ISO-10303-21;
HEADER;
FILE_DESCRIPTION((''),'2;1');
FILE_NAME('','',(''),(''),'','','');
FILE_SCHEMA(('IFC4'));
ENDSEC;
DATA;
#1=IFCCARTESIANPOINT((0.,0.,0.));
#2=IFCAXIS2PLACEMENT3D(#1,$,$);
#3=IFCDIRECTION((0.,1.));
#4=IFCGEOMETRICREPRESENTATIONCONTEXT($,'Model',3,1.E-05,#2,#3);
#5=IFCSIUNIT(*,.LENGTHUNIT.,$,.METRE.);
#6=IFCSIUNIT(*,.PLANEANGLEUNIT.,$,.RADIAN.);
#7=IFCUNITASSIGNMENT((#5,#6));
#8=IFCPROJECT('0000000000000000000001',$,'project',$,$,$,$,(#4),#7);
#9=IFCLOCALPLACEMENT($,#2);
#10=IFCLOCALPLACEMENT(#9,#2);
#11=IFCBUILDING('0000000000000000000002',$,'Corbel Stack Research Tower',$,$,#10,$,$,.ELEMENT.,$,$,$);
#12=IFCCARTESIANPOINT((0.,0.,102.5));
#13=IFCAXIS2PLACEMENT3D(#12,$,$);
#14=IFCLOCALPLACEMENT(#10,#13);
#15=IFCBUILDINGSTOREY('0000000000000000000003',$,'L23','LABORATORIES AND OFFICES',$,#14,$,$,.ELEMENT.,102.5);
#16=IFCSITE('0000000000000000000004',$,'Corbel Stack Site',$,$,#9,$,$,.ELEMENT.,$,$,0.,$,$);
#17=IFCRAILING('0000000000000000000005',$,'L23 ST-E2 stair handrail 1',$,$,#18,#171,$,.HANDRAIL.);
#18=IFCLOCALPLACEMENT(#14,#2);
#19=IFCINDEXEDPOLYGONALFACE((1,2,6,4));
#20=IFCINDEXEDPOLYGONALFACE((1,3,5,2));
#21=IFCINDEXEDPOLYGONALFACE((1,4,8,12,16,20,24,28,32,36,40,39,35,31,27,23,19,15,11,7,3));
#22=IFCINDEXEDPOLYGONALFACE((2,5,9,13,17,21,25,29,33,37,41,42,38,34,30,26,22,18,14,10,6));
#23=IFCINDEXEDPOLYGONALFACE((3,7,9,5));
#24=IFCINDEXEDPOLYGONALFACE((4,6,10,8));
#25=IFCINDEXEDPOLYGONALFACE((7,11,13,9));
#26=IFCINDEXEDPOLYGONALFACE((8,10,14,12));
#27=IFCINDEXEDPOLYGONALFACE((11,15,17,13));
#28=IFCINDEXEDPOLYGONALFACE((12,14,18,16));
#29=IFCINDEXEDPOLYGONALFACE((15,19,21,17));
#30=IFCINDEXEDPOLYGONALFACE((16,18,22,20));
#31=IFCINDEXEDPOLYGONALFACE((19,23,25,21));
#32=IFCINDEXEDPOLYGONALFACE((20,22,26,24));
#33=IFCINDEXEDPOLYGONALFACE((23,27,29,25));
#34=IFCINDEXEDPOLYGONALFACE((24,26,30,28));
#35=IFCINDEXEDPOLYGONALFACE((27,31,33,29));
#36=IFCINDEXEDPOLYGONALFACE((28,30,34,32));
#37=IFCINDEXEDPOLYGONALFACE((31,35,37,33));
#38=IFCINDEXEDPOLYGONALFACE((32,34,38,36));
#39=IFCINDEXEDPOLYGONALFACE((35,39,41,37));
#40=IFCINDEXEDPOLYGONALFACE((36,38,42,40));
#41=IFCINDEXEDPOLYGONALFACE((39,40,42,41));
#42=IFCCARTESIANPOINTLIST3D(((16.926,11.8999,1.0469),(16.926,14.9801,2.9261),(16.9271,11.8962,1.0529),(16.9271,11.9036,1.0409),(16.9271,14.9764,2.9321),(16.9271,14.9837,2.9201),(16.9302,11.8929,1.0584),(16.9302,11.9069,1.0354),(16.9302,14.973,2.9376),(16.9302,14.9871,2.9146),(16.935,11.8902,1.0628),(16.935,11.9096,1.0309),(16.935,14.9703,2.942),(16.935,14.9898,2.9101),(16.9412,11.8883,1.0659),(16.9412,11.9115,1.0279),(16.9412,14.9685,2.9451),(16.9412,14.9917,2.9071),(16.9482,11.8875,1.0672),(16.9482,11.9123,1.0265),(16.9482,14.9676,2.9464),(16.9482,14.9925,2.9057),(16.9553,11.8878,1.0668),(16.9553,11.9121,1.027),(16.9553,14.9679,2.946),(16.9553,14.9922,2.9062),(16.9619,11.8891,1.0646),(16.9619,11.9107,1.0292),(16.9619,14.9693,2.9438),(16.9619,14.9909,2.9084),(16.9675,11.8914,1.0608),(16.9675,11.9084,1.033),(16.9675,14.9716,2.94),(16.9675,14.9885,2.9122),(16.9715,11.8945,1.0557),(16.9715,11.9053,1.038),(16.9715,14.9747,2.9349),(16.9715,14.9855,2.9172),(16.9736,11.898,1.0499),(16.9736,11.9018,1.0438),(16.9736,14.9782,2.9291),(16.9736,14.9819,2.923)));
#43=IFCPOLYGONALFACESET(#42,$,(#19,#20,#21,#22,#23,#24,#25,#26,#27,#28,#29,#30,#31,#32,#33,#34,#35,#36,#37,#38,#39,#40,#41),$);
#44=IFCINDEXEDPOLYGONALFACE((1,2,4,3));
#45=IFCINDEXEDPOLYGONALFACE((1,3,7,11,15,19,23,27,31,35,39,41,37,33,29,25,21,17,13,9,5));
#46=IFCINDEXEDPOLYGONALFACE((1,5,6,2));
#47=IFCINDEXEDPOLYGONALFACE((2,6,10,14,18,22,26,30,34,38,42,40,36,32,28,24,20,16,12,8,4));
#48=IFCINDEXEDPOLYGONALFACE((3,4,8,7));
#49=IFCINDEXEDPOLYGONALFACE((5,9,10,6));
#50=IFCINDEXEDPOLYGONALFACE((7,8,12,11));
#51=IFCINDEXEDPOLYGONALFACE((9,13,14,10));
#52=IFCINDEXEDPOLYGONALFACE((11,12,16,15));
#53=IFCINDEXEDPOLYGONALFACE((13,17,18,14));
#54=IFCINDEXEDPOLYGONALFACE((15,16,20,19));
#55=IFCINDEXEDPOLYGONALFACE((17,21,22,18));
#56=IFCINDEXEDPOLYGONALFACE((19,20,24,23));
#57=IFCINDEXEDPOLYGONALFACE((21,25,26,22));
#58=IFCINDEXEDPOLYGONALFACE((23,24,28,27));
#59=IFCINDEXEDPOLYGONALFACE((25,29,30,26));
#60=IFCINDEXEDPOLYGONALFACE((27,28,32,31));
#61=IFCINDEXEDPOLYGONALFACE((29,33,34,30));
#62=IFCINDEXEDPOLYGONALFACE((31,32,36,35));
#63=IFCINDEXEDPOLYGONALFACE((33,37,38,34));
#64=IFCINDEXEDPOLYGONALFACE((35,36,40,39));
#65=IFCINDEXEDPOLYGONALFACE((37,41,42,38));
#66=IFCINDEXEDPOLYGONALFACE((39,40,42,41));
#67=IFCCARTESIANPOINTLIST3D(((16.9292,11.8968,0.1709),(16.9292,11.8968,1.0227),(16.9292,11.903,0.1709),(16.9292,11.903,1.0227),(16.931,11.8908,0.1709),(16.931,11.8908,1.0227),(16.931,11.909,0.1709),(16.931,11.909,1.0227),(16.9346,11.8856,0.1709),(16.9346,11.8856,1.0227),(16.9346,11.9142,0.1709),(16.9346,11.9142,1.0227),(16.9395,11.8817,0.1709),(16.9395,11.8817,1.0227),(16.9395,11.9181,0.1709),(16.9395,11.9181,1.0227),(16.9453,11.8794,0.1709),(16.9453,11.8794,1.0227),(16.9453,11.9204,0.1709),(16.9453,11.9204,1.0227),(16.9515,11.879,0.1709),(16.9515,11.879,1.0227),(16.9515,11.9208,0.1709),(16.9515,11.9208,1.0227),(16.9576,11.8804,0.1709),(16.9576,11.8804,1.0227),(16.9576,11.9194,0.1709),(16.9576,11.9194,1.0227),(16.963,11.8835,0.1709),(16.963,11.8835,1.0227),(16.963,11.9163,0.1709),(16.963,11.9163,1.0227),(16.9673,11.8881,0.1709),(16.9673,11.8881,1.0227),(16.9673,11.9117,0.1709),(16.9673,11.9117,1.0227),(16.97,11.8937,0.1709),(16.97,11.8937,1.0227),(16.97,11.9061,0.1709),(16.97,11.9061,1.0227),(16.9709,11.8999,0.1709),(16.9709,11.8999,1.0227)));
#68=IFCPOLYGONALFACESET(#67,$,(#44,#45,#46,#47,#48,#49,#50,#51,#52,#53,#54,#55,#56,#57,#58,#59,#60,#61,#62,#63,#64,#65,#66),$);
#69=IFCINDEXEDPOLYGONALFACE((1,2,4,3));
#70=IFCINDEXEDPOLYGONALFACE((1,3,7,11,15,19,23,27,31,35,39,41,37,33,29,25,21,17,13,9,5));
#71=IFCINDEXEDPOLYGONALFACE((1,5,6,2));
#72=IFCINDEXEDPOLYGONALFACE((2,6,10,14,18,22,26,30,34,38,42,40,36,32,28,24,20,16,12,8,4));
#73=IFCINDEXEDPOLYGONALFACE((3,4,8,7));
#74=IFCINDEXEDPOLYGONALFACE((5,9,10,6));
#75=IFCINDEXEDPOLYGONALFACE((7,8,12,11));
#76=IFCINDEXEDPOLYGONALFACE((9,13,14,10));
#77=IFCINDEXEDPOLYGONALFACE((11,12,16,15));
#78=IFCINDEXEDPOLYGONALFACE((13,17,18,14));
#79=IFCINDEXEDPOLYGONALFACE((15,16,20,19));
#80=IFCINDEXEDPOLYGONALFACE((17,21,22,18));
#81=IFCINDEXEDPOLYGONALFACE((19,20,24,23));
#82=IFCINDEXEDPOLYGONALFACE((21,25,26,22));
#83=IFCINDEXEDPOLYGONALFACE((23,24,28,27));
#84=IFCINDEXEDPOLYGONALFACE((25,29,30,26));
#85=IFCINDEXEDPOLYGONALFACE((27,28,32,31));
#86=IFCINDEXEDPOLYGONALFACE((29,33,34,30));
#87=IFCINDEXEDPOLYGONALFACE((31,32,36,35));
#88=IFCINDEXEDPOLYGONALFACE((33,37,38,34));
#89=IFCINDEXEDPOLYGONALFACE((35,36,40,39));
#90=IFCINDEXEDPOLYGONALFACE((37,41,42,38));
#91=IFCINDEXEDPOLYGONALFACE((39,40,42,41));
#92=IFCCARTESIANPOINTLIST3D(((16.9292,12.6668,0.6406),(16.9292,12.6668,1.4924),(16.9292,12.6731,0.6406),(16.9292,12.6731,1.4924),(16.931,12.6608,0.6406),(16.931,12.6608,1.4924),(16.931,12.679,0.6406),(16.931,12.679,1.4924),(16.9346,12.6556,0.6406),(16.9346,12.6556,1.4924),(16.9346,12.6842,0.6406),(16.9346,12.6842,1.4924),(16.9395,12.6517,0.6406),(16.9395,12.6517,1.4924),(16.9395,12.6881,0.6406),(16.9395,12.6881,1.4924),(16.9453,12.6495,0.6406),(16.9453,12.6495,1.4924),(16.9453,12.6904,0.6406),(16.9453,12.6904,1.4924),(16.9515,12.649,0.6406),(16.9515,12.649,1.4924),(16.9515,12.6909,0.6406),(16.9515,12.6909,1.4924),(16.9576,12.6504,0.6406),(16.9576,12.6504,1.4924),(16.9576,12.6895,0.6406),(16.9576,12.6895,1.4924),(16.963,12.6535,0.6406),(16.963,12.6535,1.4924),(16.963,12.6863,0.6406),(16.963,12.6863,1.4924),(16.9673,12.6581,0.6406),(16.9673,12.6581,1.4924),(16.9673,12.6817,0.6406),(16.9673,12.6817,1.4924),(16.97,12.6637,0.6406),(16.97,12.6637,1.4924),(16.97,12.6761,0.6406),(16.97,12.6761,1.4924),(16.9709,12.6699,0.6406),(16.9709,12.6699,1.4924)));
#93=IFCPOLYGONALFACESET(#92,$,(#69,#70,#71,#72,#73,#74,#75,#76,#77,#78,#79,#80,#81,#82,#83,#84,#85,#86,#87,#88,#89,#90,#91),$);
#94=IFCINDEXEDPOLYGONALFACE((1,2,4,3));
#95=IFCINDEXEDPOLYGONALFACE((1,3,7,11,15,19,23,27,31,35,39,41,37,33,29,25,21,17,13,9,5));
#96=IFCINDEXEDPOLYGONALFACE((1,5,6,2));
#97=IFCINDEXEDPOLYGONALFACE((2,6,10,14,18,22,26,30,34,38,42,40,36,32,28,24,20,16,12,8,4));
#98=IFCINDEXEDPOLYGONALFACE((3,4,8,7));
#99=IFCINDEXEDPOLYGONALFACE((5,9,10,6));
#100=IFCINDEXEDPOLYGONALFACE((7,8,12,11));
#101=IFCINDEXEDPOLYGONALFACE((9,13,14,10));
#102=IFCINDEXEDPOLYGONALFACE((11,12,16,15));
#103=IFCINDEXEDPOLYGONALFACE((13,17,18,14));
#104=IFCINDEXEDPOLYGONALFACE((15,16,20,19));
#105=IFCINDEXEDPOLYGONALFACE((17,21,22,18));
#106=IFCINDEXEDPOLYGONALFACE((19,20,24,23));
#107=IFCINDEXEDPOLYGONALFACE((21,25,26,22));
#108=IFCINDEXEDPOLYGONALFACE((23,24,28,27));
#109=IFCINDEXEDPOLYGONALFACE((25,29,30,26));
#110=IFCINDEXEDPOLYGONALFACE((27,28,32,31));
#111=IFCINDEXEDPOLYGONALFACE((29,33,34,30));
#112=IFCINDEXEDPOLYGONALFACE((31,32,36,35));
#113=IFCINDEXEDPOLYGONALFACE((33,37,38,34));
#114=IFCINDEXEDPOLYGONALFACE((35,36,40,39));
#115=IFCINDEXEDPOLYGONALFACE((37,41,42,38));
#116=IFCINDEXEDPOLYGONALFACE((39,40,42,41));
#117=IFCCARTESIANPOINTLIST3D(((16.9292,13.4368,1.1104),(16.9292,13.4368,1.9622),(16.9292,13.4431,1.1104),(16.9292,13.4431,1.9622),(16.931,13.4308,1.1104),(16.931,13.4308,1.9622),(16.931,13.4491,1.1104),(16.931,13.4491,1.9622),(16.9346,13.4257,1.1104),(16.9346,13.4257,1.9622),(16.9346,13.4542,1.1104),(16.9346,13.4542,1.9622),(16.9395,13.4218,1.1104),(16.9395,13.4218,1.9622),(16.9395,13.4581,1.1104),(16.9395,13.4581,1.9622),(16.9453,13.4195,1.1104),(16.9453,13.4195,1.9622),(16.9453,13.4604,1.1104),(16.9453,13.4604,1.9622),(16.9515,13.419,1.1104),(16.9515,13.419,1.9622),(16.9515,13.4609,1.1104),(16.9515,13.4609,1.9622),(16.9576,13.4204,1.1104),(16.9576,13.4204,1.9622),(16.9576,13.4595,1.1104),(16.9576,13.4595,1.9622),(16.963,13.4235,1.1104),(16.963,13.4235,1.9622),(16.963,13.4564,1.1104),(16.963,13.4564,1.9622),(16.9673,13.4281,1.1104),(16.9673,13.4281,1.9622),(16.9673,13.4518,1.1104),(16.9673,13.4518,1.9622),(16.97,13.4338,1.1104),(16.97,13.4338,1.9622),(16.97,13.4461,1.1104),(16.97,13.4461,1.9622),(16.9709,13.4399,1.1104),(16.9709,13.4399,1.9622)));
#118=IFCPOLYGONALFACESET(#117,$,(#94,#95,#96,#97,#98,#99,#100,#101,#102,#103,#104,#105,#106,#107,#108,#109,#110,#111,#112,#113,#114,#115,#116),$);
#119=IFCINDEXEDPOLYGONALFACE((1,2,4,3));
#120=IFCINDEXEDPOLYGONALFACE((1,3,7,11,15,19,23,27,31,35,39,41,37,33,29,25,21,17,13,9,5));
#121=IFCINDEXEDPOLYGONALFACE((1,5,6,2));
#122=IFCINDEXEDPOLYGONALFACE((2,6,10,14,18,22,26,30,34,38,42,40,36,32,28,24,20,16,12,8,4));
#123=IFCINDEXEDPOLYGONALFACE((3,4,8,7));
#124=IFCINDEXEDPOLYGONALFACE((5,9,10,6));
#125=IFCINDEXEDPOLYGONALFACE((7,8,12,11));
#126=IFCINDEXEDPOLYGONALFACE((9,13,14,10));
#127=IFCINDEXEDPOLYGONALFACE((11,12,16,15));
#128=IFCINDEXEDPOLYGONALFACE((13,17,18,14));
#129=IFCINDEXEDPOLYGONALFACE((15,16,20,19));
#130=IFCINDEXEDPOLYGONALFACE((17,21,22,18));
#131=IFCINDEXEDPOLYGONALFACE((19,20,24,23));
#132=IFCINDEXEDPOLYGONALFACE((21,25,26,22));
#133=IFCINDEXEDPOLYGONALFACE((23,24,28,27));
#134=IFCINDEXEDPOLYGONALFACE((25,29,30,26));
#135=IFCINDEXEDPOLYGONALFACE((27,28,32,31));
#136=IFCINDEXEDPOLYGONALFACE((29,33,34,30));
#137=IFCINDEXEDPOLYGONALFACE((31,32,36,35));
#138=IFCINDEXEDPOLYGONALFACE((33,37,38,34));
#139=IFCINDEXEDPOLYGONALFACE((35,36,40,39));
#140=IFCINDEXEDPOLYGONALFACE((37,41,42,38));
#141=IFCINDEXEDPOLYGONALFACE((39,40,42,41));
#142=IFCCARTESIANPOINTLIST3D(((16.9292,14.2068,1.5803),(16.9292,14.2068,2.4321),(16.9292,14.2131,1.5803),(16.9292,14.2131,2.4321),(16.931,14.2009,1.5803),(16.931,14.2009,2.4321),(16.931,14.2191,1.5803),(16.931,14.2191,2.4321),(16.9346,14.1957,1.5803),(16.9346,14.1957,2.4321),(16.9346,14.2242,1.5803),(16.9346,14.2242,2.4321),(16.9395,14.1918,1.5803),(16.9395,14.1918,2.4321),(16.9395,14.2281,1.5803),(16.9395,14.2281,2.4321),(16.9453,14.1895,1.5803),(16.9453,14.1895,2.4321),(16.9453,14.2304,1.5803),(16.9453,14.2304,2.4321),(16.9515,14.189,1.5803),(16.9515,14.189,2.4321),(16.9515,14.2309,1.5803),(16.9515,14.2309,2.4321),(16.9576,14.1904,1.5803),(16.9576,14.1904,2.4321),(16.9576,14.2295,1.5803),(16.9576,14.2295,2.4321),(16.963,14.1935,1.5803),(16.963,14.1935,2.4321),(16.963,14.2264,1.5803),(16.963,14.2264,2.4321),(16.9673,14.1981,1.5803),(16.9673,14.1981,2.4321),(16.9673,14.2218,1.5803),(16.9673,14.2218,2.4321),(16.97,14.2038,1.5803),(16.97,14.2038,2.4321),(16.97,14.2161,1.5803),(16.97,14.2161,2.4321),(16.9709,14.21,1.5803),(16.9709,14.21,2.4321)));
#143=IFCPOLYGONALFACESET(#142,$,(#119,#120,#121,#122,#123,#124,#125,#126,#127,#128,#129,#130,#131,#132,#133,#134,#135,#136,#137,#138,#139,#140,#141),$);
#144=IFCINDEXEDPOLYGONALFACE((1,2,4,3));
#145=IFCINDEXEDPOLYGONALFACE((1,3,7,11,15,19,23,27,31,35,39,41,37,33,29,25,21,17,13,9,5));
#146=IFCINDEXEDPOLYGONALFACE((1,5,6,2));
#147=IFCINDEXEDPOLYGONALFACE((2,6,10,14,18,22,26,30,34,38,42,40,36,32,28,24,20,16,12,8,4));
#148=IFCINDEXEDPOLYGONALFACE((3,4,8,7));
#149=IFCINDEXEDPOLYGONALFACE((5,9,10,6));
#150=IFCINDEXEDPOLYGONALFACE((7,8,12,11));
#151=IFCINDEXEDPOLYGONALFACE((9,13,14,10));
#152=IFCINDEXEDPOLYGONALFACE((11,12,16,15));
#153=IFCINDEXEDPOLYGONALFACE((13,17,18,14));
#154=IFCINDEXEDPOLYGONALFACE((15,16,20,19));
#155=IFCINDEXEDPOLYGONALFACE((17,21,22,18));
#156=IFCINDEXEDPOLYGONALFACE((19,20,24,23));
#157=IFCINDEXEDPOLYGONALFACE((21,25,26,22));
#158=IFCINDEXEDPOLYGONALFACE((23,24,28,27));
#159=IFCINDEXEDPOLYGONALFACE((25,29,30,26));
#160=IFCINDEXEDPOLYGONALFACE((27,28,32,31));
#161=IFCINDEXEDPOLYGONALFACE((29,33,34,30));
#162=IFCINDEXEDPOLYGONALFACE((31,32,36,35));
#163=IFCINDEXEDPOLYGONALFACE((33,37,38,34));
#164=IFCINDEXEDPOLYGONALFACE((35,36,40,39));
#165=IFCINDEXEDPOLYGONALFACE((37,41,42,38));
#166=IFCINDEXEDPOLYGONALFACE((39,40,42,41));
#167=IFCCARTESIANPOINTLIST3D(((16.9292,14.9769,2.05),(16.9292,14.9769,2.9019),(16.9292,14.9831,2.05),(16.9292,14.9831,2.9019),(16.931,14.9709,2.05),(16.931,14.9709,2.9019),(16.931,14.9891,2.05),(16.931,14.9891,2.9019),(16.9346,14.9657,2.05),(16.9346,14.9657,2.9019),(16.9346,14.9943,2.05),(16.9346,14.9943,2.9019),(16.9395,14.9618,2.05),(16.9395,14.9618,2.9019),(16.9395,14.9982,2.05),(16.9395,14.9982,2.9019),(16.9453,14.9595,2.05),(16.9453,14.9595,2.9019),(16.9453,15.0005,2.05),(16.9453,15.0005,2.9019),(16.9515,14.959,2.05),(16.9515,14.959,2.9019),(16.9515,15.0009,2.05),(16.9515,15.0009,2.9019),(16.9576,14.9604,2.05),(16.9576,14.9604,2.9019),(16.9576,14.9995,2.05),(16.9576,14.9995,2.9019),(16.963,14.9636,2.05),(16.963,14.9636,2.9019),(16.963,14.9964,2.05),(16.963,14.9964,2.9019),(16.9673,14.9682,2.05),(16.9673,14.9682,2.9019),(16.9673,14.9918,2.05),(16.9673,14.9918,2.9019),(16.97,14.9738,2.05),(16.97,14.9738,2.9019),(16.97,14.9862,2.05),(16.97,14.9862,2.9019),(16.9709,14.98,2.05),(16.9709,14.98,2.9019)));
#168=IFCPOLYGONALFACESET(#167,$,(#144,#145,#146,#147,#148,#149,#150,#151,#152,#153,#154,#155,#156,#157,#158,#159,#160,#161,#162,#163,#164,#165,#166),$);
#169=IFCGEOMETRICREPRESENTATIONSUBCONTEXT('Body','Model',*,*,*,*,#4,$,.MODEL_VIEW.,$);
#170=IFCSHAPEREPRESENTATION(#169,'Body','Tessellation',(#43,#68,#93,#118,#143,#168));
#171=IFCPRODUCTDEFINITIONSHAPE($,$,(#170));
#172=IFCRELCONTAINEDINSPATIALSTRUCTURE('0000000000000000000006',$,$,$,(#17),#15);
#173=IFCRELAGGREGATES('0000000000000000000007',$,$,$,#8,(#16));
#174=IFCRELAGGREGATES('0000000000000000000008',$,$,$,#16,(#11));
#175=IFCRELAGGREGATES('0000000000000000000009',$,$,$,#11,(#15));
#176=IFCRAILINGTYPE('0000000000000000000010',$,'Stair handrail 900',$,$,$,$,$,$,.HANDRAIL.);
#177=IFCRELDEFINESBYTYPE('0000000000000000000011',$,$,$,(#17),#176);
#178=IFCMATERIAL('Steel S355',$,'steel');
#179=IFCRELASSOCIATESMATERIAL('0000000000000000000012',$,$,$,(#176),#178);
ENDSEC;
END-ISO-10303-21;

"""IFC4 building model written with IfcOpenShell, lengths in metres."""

from ifc_helpers import new_model, si_unit, direction, frame, origin, origin_2d, place, context, subcontext, project, spatial, circle, extrude, material, type_object, element, save


model = new_model("IFC4")

# Units and contexts
model_context = context("Model", 3, precision=1e-05, world=origin(), true_north=direction((0.0, 1.0)))
body_context = subcontext(model_context, "Body", "Model", "MODEL_VIEW")
ifc_project = project(units=[si_unit("LENGTHUNIT", "METRE"), si_unit("PLANEANGLEUNIT", "RADIAN")], contexts=[model_context])

# Site, building, storey
site_placement = place(None, origin())
site = spatial("IfcSite", under=ifc_project, at=site_placement, Name="Corbel Stack Site", CompositionType="ELEMENT", RefElevation=0.0)
building_placement = place(site_placement, origin())
building = spatial("IfcBuilding", under=site, at=building_placement, Name="Corbel Stack Research Tower", CompositionType="ELEMENT")
storey_placement = place(building_placement, frame((0.0, 0.0, 102.5)))
storey = spatial("IfcBuildingStorey", under=building, at=storey_placement, Name="L23", Description="LABORATORIES AND OFFICES", CompositionType="ELEMENT", Elevation=102.5)

# Railing
ifc_material_1 = material(Name="Steel S355", Category="steel")
railing_type_1 = type_object("IfcRailingType", Name="Stair handrail 900", PredefinedType="HANDRAIL", material=ifc_material_1)
railing_1_placement = place(storey_placement, frame((16.95, 11.8999, 0.1709)))
element("IfcRailing", 1, at=railing_1_placement, inside=storey, type_object=railing_type_1, Name="L23 ST-E2 stair handrail 1", PredefinedType="HANDRAIL", context=body_context, shape_type="SweptSolid", body=[
    extrude(circle(Radius=0.0239, at=origin_2d()), frame((0.0, 0.0, 0.876), z_axis=(0.0, 0.853666, 0.52082), x_axis=(-1.0, 0.0, 0.0)), (0.0, 0.0, 1.0), 3.6082),
    extrude(circle(Radius=0.021, at=origin_2d()), origin(), (0.0, 0.0, 1.0), 0.8518),
    extrude(circle(Radius=0.021, at=origin_2d()), frame((0.0, 0.77, 0.4697)), (0.0, 0.0, 1.0), 0.8518),
    extrude(circle(Radius=0.021, at=origin_2d()), frame((0.0, 1.54, 0.9395)), (0.0, 0.0, 1.0), 0.8518),
    extrude(circle(Radius=0.021, at=origin_2d()), frame((0.0, 2.3101, 1.4094)), (0.0, 0.0, 1.0), 0.8518),
    extrude(circle(Radius=0.021, at=origin_2d()), frame((0.0, 3.0801, 1.8792)), (0.0, 0.0, 1.0), 0.8518),
])

save(model, "model.ifc")
